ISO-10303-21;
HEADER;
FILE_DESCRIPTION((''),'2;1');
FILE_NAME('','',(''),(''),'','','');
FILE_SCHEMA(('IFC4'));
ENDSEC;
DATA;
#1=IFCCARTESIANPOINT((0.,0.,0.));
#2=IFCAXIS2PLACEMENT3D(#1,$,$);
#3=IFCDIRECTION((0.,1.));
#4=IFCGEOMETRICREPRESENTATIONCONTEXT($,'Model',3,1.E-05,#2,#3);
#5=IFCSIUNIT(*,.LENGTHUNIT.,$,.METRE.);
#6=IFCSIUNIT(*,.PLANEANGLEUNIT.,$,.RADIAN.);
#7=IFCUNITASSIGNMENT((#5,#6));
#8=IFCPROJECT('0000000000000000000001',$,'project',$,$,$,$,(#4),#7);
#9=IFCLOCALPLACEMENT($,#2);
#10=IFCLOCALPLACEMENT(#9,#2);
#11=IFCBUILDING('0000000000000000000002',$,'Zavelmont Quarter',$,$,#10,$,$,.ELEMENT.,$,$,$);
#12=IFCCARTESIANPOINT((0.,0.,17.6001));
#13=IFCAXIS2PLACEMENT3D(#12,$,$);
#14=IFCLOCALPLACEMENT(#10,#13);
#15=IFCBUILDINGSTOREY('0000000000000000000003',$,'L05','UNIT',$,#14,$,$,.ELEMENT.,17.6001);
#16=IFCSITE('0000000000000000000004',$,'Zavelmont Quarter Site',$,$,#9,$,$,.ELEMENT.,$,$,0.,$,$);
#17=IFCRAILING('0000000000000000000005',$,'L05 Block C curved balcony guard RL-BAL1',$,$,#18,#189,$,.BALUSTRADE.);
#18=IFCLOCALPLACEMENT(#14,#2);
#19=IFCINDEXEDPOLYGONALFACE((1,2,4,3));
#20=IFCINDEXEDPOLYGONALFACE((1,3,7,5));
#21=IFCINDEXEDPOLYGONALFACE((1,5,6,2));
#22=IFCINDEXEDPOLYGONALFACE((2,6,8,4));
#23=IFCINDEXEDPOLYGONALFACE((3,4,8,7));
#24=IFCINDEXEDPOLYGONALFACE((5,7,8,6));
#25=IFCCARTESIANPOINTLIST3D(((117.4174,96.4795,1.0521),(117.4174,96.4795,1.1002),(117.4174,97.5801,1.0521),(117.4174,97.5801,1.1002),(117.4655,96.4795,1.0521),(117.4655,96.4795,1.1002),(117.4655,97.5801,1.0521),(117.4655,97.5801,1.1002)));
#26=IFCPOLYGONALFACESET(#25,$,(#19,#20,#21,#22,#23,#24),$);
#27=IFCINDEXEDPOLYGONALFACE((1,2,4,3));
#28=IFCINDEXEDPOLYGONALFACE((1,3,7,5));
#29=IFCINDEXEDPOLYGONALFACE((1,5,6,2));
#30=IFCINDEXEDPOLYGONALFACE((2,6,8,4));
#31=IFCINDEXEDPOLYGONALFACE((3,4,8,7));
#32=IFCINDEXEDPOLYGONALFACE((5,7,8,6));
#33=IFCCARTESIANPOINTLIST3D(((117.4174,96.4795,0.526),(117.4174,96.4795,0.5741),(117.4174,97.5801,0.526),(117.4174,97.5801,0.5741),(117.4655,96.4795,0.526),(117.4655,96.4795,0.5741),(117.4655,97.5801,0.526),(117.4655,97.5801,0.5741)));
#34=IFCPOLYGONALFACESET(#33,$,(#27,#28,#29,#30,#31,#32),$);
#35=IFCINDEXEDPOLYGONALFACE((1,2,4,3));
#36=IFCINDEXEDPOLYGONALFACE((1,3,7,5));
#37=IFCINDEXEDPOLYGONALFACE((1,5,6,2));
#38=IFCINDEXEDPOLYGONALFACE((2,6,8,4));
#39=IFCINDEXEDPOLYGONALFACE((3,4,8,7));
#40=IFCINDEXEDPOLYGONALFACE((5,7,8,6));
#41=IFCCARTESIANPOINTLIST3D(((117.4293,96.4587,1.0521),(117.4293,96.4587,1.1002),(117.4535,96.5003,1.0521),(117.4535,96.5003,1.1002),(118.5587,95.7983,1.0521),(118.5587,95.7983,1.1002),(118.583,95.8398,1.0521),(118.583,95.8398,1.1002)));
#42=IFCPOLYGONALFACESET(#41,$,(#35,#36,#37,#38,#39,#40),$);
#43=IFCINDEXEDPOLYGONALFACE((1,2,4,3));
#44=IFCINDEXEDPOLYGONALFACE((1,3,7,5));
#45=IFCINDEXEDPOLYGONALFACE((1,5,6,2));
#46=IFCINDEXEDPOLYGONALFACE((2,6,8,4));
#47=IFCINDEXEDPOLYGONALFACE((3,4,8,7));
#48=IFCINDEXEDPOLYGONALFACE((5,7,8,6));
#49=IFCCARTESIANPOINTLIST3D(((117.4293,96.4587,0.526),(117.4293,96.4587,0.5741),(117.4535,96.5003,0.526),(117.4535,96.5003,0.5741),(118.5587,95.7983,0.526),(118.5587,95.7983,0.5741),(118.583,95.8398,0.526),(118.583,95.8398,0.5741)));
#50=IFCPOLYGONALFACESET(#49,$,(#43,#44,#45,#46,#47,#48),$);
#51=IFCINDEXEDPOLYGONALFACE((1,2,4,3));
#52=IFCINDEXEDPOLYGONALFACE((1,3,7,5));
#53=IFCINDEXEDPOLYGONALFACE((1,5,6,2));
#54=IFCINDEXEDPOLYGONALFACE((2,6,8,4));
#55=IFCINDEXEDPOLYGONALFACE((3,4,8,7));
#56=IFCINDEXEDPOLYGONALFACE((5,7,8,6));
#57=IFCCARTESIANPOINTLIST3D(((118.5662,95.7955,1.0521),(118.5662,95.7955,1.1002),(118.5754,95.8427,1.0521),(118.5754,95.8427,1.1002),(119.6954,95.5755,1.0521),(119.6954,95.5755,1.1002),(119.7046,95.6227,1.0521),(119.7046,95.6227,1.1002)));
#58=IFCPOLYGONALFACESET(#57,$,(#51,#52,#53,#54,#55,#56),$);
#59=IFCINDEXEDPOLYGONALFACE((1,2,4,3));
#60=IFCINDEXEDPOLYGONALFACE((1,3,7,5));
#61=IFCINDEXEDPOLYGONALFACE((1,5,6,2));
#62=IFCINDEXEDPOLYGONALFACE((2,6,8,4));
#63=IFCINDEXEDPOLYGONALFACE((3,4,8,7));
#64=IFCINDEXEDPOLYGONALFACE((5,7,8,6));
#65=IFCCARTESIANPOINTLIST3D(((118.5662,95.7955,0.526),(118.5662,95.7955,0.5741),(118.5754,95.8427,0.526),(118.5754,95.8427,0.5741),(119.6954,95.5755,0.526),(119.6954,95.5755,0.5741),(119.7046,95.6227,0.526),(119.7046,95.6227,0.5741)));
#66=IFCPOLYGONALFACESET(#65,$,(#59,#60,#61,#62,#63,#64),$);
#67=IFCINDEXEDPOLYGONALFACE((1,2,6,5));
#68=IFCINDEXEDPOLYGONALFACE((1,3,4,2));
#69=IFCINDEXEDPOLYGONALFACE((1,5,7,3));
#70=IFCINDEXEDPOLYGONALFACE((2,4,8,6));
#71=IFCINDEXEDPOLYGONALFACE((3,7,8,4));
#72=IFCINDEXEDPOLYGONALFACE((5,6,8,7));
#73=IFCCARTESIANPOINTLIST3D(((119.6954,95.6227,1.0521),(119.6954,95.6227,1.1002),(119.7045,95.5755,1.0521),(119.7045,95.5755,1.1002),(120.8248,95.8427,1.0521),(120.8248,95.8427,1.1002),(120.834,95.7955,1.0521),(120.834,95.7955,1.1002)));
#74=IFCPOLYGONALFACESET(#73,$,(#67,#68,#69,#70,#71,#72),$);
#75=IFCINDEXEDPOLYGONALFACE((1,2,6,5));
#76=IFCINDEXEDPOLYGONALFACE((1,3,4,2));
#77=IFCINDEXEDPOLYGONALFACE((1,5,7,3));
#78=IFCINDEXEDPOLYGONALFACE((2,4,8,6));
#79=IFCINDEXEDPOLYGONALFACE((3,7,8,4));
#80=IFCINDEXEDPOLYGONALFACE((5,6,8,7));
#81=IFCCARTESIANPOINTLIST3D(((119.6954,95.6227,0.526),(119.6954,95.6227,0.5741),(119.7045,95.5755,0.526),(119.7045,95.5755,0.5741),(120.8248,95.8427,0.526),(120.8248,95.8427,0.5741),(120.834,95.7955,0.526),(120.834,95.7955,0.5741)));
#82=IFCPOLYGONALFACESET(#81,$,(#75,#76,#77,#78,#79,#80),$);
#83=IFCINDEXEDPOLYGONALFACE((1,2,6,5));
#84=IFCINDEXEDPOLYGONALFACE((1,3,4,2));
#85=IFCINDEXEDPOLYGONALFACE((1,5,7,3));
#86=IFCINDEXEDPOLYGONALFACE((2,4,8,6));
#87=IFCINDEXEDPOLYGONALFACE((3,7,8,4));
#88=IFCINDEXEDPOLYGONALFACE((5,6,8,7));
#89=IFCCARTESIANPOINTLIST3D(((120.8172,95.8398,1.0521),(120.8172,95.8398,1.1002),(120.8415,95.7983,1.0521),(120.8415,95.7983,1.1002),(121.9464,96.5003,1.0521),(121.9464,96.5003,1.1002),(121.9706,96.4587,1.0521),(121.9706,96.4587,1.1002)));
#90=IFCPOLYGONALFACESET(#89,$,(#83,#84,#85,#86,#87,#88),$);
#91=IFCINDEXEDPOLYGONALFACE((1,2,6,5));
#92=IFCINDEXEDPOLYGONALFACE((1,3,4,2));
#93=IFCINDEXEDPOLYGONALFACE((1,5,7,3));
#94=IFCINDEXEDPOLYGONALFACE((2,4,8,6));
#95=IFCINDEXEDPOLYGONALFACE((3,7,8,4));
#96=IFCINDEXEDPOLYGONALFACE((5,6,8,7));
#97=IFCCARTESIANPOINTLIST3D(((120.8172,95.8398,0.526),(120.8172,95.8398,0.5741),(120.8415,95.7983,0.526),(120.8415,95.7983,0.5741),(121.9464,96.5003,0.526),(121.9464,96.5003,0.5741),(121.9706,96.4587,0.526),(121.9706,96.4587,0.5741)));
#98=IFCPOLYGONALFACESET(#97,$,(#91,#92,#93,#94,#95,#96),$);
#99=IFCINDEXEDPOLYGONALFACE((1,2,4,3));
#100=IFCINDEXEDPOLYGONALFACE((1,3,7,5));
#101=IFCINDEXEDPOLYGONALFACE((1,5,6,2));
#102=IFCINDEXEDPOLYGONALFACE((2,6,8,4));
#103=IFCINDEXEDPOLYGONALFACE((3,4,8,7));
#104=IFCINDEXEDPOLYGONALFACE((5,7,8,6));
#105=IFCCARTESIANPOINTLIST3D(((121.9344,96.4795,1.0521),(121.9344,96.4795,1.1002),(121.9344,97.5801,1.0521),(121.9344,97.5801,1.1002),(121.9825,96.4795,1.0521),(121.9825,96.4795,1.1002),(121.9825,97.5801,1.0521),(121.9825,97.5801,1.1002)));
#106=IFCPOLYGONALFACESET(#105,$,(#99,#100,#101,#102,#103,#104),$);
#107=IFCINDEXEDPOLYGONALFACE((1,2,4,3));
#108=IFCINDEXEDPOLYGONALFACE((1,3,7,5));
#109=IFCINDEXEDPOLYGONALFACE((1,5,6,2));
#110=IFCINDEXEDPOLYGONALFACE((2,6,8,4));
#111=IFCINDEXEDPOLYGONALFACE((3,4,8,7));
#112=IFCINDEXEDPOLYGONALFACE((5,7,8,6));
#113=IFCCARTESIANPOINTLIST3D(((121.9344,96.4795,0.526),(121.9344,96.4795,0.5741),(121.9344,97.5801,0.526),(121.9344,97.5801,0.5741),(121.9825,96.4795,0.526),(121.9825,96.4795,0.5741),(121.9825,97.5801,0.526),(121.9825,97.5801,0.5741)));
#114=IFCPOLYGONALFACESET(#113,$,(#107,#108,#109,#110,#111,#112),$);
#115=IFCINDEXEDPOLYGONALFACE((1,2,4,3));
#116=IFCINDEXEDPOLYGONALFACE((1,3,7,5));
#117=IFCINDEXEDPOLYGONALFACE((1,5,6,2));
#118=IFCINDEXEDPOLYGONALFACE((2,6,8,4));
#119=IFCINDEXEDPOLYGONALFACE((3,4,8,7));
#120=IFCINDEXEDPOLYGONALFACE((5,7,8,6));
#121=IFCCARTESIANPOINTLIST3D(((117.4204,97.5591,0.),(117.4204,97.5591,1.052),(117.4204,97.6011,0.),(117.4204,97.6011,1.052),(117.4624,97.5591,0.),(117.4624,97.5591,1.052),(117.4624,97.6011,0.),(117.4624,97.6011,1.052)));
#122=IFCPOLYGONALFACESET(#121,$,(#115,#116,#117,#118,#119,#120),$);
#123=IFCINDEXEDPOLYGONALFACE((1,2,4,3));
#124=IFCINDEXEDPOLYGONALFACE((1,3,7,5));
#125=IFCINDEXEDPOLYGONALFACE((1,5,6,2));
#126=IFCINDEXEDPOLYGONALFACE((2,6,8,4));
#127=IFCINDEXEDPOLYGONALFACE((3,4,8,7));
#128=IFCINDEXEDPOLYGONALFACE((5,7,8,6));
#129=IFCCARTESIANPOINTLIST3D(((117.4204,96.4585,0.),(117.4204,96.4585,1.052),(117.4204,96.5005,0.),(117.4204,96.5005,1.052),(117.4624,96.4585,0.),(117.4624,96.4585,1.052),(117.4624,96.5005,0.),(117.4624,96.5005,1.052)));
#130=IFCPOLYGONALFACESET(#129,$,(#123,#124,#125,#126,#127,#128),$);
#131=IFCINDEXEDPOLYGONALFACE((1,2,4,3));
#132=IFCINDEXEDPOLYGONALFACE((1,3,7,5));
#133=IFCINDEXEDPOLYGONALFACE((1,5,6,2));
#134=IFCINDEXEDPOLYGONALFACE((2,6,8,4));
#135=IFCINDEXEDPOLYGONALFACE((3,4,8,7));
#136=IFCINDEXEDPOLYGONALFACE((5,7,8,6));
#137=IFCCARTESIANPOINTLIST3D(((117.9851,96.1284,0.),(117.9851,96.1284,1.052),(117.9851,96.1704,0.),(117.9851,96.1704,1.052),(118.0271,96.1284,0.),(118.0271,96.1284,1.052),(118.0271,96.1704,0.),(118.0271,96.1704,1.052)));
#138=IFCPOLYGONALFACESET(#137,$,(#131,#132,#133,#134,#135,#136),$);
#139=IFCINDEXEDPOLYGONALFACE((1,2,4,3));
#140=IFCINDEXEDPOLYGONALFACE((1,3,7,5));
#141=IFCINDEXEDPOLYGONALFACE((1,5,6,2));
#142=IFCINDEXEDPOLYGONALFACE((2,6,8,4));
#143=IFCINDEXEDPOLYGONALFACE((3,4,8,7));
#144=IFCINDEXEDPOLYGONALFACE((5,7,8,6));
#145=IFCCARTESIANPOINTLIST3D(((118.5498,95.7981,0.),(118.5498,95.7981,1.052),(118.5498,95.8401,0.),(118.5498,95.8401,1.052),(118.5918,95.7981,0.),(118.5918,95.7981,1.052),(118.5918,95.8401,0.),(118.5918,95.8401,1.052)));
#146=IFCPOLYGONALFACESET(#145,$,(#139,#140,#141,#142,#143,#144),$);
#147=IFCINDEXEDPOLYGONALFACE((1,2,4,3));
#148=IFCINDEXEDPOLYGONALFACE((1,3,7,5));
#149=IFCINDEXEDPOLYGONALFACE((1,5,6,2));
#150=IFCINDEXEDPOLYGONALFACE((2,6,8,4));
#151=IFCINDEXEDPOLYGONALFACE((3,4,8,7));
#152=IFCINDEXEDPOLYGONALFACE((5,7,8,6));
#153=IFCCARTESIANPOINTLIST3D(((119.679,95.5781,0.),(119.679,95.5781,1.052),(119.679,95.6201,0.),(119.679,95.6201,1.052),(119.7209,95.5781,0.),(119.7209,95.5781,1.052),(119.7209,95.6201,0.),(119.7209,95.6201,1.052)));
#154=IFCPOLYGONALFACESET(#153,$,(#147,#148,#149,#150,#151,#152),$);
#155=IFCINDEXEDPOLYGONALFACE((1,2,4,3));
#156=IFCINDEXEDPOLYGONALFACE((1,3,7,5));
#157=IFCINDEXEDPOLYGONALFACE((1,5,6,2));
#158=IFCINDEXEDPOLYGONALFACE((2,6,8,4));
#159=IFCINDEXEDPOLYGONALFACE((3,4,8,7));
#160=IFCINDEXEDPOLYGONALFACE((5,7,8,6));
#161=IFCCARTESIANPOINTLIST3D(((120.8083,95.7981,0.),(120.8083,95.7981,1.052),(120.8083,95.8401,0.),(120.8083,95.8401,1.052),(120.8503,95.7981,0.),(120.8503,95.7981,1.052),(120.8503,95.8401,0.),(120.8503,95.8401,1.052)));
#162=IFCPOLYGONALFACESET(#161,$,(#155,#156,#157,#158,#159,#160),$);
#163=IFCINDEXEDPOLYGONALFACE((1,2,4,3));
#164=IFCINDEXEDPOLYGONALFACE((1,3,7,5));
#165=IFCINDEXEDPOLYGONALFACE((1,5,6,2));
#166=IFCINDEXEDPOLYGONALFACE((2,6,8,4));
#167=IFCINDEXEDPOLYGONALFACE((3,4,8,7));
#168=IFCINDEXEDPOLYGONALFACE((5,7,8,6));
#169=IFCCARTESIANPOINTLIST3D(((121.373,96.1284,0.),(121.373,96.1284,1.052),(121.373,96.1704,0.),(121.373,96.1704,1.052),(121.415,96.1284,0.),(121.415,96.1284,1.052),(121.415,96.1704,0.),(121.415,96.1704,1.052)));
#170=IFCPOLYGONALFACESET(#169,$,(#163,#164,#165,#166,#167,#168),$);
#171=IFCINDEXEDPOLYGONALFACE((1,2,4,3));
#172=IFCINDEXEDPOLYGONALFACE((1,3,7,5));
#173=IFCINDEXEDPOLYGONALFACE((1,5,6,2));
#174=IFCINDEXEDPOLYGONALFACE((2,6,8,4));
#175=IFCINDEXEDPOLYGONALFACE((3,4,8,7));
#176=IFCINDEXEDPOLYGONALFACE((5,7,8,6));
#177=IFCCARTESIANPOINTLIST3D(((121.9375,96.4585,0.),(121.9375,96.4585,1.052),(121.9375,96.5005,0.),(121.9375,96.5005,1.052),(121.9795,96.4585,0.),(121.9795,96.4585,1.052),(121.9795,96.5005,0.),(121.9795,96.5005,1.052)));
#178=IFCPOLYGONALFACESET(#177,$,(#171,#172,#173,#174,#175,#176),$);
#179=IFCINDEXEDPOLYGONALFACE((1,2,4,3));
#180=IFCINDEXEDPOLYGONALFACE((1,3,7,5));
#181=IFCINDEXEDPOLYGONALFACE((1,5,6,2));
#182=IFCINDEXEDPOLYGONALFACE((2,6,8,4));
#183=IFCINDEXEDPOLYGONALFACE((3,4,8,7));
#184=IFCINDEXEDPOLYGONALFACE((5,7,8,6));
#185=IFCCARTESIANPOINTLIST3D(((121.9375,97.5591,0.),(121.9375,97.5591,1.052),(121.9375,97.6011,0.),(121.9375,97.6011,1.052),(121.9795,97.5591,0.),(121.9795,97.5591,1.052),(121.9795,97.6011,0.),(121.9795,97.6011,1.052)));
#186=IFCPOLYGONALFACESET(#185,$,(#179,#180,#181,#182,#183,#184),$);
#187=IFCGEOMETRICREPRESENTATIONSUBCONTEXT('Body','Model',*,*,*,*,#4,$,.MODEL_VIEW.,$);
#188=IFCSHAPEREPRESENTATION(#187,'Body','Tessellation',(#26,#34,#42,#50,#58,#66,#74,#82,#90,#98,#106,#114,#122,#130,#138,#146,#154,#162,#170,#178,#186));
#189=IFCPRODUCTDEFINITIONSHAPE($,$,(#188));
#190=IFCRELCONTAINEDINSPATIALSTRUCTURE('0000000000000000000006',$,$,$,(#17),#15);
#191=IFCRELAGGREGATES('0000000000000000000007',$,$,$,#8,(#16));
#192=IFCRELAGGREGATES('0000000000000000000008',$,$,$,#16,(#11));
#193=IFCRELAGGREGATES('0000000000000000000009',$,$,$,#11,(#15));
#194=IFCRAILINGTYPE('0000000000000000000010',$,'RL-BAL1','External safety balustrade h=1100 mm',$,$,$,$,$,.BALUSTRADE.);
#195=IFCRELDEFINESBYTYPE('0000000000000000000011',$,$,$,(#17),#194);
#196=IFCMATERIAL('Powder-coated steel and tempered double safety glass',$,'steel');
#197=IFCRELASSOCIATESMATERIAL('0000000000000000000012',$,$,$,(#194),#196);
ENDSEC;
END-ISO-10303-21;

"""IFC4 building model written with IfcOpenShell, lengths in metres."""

from ifc_helpers import new_model, si_unit, direction, frame, origin, origin_2d, place, context, subcontext, project, spatial, rectangle, extrude, material, type_object, element, save


model = new_model("IFC4")

# Units and contexts
model_context = context("Model", 3, precision=1e-05, world=origin(), true_north=direction((0.0, 1.0)))
body_context = subcontext(model_context, "Body", "Model", "MODEL_VIEW")
ifc_project = project(units=[si_unit("LENGTHUNIT", "METRE"), si_unit("PLANEANGLEUNIT", "RADIAN")], contexts=[model_context])

# Site, building, storey
site_placement = place(None, origin())
site = spatial("IfcSite", under=ifc_project, at=site_placement, Name="Zavelmont Quarter Site", CompositionType="ELEMENT", RefElevation=0.0)
building_placement = place(site_placement, origin())
building = spatial("IfcBuilding", under=site, at=building_placement, Name="Zavelmont Quarter", CompositionType="ELEMENT")
storey_placement = place(building_placement, frame((0.0, 0.0, 17.6001)))
storey = spatial("IfcBuildingStorey", under=building, at=storey_placement, Name="L05", Description="UNIT", CompositionType="ELEMENT", Elevation=17.6001)

# Railing
ifc_material_1 = material(Name="Powder-coated steel and tempered double safety glass", Category="steel")
railing_type = type_object("IfcRailingType", Name="RL-BAL1", Description="External safety balustrade h=1100 mm", PredefinedType="BALUSTRADE", material=ifc_material_1)
railing_1_placement = place(storey_placement, frame((117.4414, 97.5801, 0.0)))
element("IfcRailing", 1, at=railing_1_placement, inside=storey, type_object=railing_type, Name="L05 Block C curved balcony guard RL-BAL1", PredefinedType="BALUSTRADE", context=body_context, shape_type="SweptSolid", body=[
    extrude(rectangle(XDim=0.0481, YDim=0.0481, at=origin_2d()), frame((0.0, 0.0, 1.0762), z_axis=(0.0, -1.0, 0.0), x_axis=(1.0, 0.0, 0.0)), (0.0, 0.0, 1.0), 1.1006),
    extrude(rectangle(XDim=0.0481, YDim=0.0481, at=origin_2d()), frame((0.0, 0.0, 0.55), z_axis=(0.0, -1.0, 0.0), x_axis=(1.0, 0.0, 0.0)), (0.0, 0.0, 1.0), 1.1006),
    extrude(rectangle(XDim=0.0481, YDim=0.0481, at=origin_2d()), frame((0.0, -1.1006, 1.0762), z_axis=(0.863251, -0.504776, 0.0), x_axis=(0.504776, 0.863251, 0.0)), (0.0, 0.0, 1.0), 1.3083),
    extrude(rectangle(XDim=0.0481, YDim=0.0481, at=origin_2d()), frame((0.0, -1.1006, 0.55), z_axis=(0.863251, -0.504776, 0.0), x_axis=(0.504776, 0.863251, 0.0)), (0.0, 0.0, 1.0), 1.3083),
    extrude(rectangle(XDim=0.0481, YDim=0.0481, at=origin_2d()), frame((1.1294, -1.761, 1.0762), z_axis=(0.981548, -0.191216, 0.0), x_axis=(0.191216, 0.981548, 0.0)), (0.0, 0.0, 1.0), 1.1504),
    extrude(rectangle(XDim=0.0481, YDim=0.0481, at=origin_2d()), frame((1.1294, -1.761, 0.55), z_axis=(0.981548, -0.191216, 0.0), x_axis=(0.191216, 0.981548, 0.0)), (0.0, 0.0, 1.0), 1.1504),
    extrude(rectangle(XDim=0.0481, YDim=0.0481, at=origin_2d()), frame((2.2585, -1.981, 1.0762), z_axis=(0.981556, 0.191176, 0.0), x_axis=(-0.191176, 0.981556, 0.0)), (0.0, 0.0, 1.0), 1.1506),
    extrude(rectangle(XDim=0.0481, YDim=0.0481, at=origin_2d()), frame((2.2585, -1.981, 0.55), z_axis=(0.981556, 0.191176, 0.0), x_axis=(-0.191176, 0.981556, 0.0)), (0.0, 0.0, 1.0), 1.1506),
    extrude(rectangle(XDim=0.0481, YDim=0.0481, at=origin_2d()), frame((3.3879, -1.761, 1.0762), z_axis=(0.863203, 0.504857, 0.0), x_axis=(-0.504857, 0.863203, 0.0)), (0.0, 0.0, 1.0), 1.3081),
    extrude(rectangle(XDim=0.0481, YDim=0.0481, at=origin_2d()), frame((3.3879, -1.761, 0.55), z_axis=(0.863203, 0.504857, 0.0), x_axis=(-0.504857, 0.863203, 0.0)), (0.0, 0.0, 1.0), 1.3081),
    extrude(rectangle(XDim=0.0481, YDim=0.0481, at=origin_2d()), frame((4.5171, -1.1006, 1.0762), z_axis=(0.0, 1.0, 0.0), x_axis=(-1.0, 0.0, 0.0)), (0.0, 0.0, 1.0), 1.1006),
    extrude(rectangle(XDim=0.0481, YDim=0.0481, at=origin_2d()), frame((4.5171, -1.1006, 0.55), z_axis=(0.0, 1.0, 0.0), x_axis=(-1.0, 0.0, 0.0)), (0.0, 0.0, 1.0), 1.1006),
    extrude(rectangle(XDim=0.042, YDim=0.042, at=origin_2d()), origin(), (0.0, 0.0, 1.0), 1.052),
    extrude(rectangle(XDim=0.042, YDim=0.042, at=origin_2d()), frame((0.0, -1.1006, 0.0)), (0.0, 0.0, 1.0), 1.052),
    extrude(rectangle(XDim=0.042, YDim=0.042, at=origin_2d()), frame((0.5647, -1.4307, 0.0)), (0.0, 0.0, 1.0), 1.052),
    extrude(rectangle(XDim=0.042, YDim=0.042, at=origin_2d()), frame((1.1294, -1.761, 0.0)), (0.0, 0.0, 1.0), 1.052),
    extrude(rectangle(XDim=0.042, YDim=0.042, at=origin_2d()), frame((2.2585, -1.981, 0.0)), (0.0, 0.0, 1.0), 1.052),
    extrude(rectangle(XDim=0.042, YDim=0.042, at=origin_2d()), frame((3.3879, -1.761, 0.0)), (0.0, 0.0, 1.0), 1.052),
    extrude(rectangle(XDim=0.042, YDim=0.042, at=origin_2d()), frame((3.9526, -1.4307, 0.0)), (0.0, 0.0, 1.0), 1.052),
    extrude(rectangle(XDim=0.042, YDim=0.042, at=origin_2d()), frame((4.5171, -1.1006, 0.0)), (0.0, 0.0, 1.0), 1.052),
    extrude(rectangle(XDim=0.042, YDim=0.042, at=origin_2d()), frame((4.5171, 0.0, 0.0)), (0.0, 0.0, 1.0), 1.052),
])

save(model, "model.ifc")
